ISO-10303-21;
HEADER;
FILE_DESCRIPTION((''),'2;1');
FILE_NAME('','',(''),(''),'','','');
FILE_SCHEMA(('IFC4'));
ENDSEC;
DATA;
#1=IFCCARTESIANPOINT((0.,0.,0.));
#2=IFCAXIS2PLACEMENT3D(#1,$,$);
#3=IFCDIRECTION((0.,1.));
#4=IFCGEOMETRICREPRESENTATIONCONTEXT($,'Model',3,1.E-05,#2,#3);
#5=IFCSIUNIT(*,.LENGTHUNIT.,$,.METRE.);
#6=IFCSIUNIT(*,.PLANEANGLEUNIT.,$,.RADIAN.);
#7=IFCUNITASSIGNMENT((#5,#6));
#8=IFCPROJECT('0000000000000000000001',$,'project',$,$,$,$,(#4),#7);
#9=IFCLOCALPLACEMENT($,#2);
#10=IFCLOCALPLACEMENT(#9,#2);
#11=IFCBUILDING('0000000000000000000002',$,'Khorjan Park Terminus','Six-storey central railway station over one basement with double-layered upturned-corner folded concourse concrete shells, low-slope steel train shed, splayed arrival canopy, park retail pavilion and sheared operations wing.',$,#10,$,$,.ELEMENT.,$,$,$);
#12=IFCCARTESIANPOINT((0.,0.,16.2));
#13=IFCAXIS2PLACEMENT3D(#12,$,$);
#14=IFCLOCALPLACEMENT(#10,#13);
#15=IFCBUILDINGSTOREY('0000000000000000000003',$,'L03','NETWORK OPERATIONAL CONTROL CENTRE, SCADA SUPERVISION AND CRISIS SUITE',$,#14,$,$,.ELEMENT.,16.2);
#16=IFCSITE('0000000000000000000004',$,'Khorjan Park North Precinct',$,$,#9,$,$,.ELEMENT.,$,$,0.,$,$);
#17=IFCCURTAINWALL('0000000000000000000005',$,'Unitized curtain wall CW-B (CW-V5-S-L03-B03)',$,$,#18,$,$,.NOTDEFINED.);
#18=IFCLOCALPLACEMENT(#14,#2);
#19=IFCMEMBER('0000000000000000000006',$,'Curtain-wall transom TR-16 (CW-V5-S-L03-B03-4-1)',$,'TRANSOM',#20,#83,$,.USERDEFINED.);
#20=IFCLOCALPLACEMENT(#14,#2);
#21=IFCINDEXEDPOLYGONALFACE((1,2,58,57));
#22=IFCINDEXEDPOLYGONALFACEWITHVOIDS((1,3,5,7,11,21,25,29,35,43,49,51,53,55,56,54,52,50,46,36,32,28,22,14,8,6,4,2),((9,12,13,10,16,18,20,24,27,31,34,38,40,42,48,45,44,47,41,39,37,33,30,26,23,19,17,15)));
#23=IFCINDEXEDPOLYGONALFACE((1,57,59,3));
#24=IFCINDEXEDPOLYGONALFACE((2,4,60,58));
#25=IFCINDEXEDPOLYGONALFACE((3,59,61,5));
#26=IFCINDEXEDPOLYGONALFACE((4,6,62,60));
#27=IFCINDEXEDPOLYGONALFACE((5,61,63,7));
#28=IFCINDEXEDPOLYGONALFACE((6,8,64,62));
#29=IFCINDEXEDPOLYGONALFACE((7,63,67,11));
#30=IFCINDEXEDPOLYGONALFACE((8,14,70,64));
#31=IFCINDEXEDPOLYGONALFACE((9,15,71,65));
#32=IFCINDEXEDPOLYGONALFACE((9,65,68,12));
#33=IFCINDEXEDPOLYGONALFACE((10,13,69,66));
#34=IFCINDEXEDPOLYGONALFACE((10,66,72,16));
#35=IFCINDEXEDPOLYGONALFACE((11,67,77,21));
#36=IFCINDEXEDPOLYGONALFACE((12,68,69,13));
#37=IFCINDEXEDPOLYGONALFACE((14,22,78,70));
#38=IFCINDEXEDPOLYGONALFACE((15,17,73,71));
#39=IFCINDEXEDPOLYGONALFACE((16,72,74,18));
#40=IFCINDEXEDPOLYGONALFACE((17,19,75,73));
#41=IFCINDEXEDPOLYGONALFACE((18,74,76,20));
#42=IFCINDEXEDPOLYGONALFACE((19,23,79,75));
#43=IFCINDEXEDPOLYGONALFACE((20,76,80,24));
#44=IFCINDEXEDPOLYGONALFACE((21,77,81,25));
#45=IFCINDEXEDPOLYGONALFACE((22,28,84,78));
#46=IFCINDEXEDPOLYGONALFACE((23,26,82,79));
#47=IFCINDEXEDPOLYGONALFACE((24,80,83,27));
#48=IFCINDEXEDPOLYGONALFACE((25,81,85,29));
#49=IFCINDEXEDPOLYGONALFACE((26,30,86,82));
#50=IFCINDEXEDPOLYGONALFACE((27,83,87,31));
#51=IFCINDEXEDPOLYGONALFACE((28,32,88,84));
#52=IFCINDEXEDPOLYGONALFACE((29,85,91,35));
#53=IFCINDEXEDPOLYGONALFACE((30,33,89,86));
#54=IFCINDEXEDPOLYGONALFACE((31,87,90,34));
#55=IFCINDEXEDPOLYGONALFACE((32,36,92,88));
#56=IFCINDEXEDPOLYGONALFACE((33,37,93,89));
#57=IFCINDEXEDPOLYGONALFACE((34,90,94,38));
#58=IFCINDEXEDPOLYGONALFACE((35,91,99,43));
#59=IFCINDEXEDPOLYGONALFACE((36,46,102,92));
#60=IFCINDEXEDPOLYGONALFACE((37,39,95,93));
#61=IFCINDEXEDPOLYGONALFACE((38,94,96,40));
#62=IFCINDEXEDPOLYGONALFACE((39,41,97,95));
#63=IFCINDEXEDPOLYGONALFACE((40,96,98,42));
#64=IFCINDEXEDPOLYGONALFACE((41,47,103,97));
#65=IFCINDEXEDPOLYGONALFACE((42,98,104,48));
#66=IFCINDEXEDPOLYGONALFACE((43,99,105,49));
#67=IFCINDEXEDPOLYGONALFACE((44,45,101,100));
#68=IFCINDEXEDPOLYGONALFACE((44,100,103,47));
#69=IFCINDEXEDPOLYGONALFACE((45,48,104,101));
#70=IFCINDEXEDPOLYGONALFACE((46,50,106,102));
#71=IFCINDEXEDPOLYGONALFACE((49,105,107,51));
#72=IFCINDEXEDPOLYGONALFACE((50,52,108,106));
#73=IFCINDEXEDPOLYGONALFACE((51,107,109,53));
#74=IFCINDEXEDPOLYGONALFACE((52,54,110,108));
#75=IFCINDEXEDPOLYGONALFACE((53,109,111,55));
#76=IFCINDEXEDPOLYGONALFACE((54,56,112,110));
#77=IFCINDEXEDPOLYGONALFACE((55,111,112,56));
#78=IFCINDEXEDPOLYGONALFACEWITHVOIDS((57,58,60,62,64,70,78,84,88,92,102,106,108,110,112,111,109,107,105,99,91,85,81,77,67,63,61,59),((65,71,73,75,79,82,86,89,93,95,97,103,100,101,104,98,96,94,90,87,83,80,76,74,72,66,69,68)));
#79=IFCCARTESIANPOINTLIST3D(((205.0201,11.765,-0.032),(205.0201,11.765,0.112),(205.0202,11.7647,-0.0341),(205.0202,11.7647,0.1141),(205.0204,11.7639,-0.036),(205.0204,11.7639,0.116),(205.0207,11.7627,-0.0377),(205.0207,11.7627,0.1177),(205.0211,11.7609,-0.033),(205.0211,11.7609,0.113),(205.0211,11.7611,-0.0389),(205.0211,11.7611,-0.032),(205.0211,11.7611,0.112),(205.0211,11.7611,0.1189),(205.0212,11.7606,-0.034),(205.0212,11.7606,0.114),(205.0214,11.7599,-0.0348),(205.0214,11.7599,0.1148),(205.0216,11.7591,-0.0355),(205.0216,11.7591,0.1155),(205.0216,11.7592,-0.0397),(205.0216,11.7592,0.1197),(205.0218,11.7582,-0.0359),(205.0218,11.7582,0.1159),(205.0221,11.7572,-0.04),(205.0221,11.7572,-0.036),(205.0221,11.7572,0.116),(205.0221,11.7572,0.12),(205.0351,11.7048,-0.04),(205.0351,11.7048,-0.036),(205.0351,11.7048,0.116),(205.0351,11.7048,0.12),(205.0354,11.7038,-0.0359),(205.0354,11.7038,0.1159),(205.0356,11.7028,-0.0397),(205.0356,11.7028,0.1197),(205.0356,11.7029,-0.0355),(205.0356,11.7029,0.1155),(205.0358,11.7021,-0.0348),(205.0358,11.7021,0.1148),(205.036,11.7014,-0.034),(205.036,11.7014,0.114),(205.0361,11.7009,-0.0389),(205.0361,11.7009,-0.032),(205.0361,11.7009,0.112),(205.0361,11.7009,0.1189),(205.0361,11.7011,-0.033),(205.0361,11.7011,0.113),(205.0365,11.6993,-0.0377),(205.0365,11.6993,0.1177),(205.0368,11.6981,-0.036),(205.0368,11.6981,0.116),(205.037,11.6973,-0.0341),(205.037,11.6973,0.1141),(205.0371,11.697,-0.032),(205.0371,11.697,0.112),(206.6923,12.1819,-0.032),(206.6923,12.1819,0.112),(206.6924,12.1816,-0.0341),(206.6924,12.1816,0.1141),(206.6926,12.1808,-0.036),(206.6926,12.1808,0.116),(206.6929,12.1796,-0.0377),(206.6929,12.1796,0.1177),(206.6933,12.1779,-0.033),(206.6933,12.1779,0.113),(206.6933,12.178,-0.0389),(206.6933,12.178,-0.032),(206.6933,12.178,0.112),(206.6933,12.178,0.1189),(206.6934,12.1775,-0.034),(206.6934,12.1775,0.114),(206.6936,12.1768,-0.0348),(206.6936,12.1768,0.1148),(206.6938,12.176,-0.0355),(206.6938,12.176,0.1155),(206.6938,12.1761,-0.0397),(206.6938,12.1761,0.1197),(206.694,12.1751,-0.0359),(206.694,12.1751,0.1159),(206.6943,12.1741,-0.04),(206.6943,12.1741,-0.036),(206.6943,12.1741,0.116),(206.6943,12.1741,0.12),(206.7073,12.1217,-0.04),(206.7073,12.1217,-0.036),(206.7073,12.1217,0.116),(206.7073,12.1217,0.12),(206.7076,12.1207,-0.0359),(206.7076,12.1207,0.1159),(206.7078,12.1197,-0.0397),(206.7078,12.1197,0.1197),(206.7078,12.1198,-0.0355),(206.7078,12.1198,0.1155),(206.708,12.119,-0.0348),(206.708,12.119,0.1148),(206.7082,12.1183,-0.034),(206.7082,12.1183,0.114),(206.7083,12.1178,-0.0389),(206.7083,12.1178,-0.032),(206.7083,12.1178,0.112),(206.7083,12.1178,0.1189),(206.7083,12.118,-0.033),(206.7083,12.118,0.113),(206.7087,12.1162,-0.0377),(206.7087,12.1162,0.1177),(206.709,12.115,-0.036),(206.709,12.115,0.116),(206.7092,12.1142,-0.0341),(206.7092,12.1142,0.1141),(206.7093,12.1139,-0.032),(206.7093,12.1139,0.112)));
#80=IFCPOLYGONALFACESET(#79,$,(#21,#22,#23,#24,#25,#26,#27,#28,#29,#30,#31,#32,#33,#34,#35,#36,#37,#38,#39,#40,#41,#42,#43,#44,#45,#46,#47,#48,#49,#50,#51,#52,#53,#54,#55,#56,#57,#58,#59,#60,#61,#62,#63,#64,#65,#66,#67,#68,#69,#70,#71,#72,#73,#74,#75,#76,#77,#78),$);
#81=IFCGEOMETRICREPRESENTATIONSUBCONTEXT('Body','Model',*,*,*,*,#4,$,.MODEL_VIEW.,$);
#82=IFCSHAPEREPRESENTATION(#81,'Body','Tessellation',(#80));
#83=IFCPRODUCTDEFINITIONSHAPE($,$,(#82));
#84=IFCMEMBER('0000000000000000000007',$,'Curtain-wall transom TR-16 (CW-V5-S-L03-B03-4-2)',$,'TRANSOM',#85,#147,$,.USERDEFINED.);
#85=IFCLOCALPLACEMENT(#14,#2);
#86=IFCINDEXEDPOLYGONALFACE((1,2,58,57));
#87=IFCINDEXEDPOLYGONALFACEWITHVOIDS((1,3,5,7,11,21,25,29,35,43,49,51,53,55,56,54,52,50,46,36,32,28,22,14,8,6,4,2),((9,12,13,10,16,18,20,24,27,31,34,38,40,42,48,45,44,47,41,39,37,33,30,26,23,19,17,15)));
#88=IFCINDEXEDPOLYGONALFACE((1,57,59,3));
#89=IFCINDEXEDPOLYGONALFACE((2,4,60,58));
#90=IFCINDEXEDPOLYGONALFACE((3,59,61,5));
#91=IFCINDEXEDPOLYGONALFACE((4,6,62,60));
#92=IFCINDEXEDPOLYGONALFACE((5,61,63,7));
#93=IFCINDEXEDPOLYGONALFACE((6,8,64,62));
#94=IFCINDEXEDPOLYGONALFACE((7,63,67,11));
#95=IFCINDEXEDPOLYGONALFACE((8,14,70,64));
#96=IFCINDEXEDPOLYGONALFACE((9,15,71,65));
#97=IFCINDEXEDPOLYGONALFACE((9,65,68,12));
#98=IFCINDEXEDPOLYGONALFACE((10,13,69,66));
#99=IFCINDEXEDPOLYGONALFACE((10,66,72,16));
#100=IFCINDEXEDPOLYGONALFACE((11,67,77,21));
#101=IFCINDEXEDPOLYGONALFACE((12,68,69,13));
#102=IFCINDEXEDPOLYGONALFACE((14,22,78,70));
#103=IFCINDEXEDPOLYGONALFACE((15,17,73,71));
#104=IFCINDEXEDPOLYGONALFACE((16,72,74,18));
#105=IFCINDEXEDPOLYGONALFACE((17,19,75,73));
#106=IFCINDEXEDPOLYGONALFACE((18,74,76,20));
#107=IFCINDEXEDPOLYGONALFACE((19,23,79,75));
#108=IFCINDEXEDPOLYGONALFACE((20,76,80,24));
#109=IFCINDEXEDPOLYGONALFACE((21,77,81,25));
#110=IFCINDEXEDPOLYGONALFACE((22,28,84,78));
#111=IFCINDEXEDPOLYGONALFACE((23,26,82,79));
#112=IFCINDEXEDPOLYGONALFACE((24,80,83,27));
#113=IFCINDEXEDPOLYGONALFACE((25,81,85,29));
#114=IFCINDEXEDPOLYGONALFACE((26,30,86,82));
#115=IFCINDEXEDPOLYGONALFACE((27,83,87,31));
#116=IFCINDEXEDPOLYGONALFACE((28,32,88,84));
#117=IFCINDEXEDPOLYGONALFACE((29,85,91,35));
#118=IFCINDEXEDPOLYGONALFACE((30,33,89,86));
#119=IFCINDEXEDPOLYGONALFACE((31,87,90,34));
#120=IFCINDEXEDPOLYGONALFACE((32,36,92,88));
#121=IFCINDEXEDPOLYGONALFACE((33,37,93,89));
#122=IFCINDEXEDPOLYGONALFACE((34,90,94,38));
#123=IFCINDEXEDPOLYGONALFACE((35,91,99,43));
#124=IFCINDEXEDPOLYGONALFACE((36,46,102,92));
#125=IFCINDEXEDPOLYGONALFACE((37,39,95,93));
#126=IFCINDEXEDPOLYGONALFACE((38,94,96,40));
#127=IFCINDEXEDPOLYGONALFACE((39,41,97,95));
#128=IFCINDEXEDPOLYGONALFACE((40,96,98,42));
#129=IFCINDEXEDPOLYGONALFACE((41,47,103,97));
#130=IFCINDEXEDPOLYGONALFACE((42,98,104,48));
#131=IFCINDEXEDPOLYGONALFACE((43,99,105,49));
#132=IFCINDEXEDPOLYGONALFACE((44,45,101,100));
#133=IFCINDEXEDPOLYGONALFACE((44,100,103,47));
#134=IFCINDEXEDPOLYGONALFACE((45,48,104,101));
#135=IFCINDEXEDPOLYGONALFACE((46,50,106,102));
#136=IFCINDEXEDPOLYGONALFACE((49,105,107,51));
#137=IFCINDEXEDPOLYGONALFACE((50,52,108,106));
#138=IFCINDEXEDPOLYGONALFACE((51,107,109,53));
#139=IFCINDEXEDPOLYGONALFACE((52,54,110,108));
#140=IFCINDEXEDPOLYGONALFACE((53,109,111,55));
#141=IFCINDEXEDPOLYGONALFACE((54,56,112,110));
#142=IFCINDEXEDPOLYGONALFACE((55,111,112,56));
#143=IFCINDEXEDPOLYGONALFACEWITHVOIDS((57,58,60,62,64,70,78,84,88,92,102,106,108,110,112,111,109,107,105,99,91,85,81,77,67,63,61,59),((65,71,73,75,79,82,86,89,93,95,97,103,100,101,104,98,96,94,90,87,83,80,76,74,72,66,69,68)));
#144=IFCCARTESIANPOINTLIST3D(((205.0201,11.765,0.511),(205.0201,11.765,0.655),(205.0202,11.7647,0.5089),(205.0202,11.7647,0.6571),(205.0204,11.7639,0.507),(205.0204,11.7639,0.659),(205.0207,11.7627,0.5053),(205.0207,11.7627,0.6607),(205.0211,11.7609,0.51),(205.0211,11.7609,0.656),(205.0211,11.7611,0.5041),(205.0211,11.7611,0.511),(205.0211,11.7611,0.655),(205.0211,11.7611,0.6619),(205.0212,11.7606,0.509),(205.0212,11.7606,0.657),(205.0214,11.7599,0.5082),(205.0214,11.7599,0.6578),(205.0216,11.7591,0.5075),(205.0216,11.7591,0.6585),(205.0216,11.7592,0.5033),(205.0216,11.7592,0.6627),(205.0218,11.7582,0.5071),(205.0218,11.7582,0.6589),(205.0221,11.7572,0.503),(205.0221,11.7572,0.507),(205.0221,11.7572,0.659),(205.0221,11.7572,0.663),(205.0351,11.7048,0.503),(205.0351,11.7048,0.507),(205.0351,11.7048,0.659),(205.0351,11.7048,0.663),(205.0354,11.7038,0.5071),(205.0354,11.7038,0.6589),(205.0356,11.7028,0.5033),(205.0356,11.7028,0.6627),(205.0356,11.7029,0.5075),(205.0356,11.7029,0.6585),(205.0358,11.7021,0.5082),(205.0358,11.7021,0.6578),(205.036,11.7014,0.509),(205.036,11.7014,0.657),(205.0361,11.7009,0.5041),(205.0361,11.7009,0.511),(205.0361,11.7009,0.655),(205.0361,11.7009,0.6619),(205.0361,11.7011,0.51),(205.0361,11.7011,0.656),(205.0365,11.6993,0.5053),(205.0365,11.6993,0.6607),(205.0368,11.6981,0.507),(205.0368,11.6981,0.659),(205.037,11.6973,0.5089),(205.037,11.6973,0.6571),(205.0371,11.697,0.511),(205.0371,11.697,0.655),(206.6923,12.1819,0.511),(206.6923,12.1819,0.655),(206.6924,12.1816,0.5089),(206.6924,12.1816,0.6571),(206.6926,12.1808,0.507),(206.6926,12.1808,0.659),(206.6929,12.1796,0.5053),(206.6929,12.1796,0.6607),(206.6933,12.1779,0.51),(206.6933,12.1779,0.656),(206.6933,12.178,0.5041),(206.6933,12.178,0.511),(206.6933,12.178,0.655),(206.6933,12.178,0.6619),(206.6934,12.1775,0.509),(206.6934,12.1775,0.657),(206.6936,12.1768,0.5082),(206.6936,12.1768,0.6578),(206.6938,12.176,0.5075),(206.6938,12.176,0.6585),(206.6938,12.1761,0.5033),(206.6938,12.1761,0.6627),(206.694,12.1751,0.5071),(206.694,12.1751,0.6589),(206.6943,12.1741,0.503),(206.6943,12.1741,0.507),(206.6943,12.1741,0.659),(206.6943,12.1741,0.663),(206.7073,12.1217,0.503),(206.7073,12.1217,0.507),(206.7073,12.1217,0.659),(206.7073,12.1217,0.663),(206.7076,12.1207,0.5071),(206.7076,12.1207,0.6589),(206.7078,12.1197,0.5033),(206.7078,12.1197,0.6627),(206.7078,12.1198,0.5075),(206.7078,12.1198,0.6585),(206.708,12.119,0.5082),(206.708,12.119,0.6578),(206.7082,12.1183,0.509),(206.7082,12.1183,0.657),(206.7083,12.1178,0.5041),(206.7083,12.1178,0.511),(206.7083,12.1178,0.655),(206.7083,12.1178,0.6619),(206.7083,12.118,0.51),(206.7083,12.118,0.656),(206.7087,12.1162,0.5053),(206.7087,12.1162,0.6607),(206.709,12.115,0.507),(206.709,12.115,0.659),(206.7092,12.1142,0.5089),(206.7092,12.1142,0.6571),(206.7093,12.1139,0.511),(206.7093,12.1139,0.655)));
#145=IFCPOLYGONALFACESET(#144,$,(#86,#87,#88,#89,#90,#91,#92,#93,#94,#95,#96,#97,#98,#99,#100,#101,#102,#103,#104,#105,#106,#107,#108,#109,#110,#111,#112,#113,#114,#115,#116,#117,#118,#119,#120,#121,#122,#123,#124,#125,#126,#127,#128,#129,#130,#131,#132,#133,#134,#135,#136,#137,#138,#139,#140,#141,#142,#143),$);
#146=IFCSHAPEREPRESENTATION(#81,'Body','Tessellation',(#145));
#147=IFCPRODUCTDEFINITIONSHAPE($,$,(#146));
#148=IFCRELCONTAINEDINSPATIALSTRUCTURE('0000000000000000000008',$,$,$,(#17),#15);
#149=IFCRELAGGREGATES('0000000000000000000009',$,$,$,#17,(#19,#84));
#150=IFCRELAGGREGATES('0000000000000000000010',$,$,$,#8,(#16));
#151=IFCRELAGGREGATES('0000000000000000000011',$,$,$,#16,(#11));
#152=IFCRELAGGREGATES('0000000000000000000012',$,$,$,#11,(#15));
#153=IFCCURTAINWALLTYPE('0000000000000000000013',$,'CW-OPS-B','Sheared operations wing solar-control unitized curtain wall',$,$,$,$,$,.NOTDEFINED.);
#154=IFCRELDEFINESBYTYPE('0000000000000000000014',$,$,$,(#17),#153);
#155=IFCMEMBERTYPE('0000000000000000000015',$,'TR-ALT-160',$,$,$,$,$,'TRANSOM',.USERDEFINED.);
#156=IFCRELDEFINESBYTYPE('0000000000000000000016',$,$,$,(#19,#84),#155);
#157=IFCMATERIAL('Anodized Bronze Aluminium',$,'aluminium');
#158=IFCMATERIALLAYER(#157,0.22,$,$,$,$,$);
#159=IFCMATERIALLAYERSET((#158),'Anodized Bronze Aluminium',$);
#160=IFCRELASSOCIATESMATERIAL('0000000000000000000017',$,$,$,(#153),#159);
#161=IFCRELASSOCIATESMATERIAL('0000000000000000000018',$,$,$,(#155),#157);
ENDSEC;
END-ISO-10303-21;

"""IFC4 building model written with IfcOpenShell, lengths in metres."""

from ifc_helpers import new_model, si_unit, direction, frame, origin, origin_2d, place, context, subcontext, project, spatial, hollow_rectangle, extrude, material, layer, layer_set, material_profile, profile_set, type_object, element, aggregate, save


model = new_model("IFC4")

# Units and contexts
model_context = context("Model", 3, precision=1e-05, world=origin(), true_north=direction((0.0, 1.0)))
body_context = subcontext(model_context, "Body", "Model", "MODEL_VIEW")
ifc_project = project(units=[si_unit("LENGTHUNIT", "METRE"), si_unit("PLANEANGLEUNIT", "RADIAN")], contexts=[model_context])

# Site, building, storey
site_placement = place(None, origin())
site = spatial("IfcSite", under=ifc_project, at=site_placement, Name="Khorjan Park North Precinct", CompositionType="ELEMENT", RefElevation=0.0)
building_placement = place(site_placement, origin())
building = spatial("IfcBuilding", under=site, at=building_placement, Name="Khorjan Park Terminus", Description="Six-storey central railway station over one basement with double-layered upturned-corner folded concourse concrete shells, low-slope steel train shed, splayed arrival canopy, park retail pavilion and sheared operations wing.", CompositionType="ELEMENT")
storey_placement = place(building_placement, frame((0.0, 0.0, 16.2)))
storey = spatial("IfcBuildingStorey", under=building, at=storey_placement, Name="L03", Description="NETWORK OPERATIONAL CONTROL CENTRE, SCADA SUPERVISION AND CRISIS SUITE", CompositionType="ELEMENT", Elevation=16.2)

# Curtain wall, members
ifc_material_1 = material(Name="Anodized Bronze Aluminium", Category="aluminium")
ifc_layer_1 = layer(ifc_material_1, 0.22)
ifc_layer_set_1 = layer_set([ifc_layer_1], Name="Anodized Bronze Aluminium")
curtain_wall_type = type_object("IfcCurtainWallType", Name="CW-OPS-B", Description="Sheared operations wing solar-control unitized curtain wall", PredefinedType="NOTDEFINED", material=ifc_layer_set_1)
curtain_wall_placement = place(storey_placement, origin())
curtain_wall = element("IfcCurtainWall", 1, at=curtain_wall_placement, inside=storey, type_object=curtain_wall_type, Name="Unitized curtain wall CW-B (CW-V5-S-L03-B03)", PredefinedType="NOTDEFINED")
ifc_material_profile_1 = material_profile(ifc_material_1, hollow_rectangle(XDim=0.07, YDim=0.16, WallThickness=0.004, InnerFilletRadius=0.004, OuterFilletRadius=0.008, at=origin_2d()), Name="ALT 70x160x4")
ifc_profile_set_1 = profile_set([ifc_material_profile_1], Name="Anodized Bronze Aluminium")
member_type_1 = type_object("IfcMemberType", Name="TR-ALT-160", ElementType="TRANSOM", PredefinedType="USERDEFINED", material=ifc_profile_set_1)
member_1_placement = place(storey_placement, frame((205.0286, 11.731, 0.04), z_axis=(0.970299, 0.241908, 0.0), x_axis=(-0.241908, 0.970299, 0.0)))
member_1 = element("IfcMember", 2, at=member_1_placement, type_object=member_type_1, Name="Curtain-wall transom TR-16 (CW-V5-S-L03-B03-4-1)", ObjectType="TRANSOM", PredefinedType="USERDEFINED", context=body_context, shape_type="SweptSolid", body=[
    extrude(hollow_rectangle(XDim=0.07, YDim=0.16, WallThickness=0.004, InnerFilletRadius=0.004, OuterFilletRadius=0.008, at=origin_2d()), origin(), (0.0, 0.0, 1.0), 1.7234),
])
member_2_placement = place(storey_placement, frame((205.0286, 11.731, 0.583), z_axis=(0.970299, 0.241908, 0.0), x_axis=(-0.241908, 0.970299, 0.0)))
member_2 = element("IfcMember", 3, at=member_2_placement, type_object=member_type_1, Name="Curtain-wall transom TR-16 (CW-V5-S-L03-B03-4-2)", ObjectType="TRANSOM", PredefinedType="USERDEFINED", context=body_context, shape_type="SweptSolid", body=[
    extrude(hollow_rectangle(XDim=0.07, YDim=0.16, WallThickness=0.004, InnerFilletRadius=0.004, OuterFilletRadius=0.008, at=origin_2d()), origin(), (0.0, 0.0, 1.0), 1.7234),
])
aggregate(curtain_wall, [member_1, member_2])

save(model, "model.ifc")
